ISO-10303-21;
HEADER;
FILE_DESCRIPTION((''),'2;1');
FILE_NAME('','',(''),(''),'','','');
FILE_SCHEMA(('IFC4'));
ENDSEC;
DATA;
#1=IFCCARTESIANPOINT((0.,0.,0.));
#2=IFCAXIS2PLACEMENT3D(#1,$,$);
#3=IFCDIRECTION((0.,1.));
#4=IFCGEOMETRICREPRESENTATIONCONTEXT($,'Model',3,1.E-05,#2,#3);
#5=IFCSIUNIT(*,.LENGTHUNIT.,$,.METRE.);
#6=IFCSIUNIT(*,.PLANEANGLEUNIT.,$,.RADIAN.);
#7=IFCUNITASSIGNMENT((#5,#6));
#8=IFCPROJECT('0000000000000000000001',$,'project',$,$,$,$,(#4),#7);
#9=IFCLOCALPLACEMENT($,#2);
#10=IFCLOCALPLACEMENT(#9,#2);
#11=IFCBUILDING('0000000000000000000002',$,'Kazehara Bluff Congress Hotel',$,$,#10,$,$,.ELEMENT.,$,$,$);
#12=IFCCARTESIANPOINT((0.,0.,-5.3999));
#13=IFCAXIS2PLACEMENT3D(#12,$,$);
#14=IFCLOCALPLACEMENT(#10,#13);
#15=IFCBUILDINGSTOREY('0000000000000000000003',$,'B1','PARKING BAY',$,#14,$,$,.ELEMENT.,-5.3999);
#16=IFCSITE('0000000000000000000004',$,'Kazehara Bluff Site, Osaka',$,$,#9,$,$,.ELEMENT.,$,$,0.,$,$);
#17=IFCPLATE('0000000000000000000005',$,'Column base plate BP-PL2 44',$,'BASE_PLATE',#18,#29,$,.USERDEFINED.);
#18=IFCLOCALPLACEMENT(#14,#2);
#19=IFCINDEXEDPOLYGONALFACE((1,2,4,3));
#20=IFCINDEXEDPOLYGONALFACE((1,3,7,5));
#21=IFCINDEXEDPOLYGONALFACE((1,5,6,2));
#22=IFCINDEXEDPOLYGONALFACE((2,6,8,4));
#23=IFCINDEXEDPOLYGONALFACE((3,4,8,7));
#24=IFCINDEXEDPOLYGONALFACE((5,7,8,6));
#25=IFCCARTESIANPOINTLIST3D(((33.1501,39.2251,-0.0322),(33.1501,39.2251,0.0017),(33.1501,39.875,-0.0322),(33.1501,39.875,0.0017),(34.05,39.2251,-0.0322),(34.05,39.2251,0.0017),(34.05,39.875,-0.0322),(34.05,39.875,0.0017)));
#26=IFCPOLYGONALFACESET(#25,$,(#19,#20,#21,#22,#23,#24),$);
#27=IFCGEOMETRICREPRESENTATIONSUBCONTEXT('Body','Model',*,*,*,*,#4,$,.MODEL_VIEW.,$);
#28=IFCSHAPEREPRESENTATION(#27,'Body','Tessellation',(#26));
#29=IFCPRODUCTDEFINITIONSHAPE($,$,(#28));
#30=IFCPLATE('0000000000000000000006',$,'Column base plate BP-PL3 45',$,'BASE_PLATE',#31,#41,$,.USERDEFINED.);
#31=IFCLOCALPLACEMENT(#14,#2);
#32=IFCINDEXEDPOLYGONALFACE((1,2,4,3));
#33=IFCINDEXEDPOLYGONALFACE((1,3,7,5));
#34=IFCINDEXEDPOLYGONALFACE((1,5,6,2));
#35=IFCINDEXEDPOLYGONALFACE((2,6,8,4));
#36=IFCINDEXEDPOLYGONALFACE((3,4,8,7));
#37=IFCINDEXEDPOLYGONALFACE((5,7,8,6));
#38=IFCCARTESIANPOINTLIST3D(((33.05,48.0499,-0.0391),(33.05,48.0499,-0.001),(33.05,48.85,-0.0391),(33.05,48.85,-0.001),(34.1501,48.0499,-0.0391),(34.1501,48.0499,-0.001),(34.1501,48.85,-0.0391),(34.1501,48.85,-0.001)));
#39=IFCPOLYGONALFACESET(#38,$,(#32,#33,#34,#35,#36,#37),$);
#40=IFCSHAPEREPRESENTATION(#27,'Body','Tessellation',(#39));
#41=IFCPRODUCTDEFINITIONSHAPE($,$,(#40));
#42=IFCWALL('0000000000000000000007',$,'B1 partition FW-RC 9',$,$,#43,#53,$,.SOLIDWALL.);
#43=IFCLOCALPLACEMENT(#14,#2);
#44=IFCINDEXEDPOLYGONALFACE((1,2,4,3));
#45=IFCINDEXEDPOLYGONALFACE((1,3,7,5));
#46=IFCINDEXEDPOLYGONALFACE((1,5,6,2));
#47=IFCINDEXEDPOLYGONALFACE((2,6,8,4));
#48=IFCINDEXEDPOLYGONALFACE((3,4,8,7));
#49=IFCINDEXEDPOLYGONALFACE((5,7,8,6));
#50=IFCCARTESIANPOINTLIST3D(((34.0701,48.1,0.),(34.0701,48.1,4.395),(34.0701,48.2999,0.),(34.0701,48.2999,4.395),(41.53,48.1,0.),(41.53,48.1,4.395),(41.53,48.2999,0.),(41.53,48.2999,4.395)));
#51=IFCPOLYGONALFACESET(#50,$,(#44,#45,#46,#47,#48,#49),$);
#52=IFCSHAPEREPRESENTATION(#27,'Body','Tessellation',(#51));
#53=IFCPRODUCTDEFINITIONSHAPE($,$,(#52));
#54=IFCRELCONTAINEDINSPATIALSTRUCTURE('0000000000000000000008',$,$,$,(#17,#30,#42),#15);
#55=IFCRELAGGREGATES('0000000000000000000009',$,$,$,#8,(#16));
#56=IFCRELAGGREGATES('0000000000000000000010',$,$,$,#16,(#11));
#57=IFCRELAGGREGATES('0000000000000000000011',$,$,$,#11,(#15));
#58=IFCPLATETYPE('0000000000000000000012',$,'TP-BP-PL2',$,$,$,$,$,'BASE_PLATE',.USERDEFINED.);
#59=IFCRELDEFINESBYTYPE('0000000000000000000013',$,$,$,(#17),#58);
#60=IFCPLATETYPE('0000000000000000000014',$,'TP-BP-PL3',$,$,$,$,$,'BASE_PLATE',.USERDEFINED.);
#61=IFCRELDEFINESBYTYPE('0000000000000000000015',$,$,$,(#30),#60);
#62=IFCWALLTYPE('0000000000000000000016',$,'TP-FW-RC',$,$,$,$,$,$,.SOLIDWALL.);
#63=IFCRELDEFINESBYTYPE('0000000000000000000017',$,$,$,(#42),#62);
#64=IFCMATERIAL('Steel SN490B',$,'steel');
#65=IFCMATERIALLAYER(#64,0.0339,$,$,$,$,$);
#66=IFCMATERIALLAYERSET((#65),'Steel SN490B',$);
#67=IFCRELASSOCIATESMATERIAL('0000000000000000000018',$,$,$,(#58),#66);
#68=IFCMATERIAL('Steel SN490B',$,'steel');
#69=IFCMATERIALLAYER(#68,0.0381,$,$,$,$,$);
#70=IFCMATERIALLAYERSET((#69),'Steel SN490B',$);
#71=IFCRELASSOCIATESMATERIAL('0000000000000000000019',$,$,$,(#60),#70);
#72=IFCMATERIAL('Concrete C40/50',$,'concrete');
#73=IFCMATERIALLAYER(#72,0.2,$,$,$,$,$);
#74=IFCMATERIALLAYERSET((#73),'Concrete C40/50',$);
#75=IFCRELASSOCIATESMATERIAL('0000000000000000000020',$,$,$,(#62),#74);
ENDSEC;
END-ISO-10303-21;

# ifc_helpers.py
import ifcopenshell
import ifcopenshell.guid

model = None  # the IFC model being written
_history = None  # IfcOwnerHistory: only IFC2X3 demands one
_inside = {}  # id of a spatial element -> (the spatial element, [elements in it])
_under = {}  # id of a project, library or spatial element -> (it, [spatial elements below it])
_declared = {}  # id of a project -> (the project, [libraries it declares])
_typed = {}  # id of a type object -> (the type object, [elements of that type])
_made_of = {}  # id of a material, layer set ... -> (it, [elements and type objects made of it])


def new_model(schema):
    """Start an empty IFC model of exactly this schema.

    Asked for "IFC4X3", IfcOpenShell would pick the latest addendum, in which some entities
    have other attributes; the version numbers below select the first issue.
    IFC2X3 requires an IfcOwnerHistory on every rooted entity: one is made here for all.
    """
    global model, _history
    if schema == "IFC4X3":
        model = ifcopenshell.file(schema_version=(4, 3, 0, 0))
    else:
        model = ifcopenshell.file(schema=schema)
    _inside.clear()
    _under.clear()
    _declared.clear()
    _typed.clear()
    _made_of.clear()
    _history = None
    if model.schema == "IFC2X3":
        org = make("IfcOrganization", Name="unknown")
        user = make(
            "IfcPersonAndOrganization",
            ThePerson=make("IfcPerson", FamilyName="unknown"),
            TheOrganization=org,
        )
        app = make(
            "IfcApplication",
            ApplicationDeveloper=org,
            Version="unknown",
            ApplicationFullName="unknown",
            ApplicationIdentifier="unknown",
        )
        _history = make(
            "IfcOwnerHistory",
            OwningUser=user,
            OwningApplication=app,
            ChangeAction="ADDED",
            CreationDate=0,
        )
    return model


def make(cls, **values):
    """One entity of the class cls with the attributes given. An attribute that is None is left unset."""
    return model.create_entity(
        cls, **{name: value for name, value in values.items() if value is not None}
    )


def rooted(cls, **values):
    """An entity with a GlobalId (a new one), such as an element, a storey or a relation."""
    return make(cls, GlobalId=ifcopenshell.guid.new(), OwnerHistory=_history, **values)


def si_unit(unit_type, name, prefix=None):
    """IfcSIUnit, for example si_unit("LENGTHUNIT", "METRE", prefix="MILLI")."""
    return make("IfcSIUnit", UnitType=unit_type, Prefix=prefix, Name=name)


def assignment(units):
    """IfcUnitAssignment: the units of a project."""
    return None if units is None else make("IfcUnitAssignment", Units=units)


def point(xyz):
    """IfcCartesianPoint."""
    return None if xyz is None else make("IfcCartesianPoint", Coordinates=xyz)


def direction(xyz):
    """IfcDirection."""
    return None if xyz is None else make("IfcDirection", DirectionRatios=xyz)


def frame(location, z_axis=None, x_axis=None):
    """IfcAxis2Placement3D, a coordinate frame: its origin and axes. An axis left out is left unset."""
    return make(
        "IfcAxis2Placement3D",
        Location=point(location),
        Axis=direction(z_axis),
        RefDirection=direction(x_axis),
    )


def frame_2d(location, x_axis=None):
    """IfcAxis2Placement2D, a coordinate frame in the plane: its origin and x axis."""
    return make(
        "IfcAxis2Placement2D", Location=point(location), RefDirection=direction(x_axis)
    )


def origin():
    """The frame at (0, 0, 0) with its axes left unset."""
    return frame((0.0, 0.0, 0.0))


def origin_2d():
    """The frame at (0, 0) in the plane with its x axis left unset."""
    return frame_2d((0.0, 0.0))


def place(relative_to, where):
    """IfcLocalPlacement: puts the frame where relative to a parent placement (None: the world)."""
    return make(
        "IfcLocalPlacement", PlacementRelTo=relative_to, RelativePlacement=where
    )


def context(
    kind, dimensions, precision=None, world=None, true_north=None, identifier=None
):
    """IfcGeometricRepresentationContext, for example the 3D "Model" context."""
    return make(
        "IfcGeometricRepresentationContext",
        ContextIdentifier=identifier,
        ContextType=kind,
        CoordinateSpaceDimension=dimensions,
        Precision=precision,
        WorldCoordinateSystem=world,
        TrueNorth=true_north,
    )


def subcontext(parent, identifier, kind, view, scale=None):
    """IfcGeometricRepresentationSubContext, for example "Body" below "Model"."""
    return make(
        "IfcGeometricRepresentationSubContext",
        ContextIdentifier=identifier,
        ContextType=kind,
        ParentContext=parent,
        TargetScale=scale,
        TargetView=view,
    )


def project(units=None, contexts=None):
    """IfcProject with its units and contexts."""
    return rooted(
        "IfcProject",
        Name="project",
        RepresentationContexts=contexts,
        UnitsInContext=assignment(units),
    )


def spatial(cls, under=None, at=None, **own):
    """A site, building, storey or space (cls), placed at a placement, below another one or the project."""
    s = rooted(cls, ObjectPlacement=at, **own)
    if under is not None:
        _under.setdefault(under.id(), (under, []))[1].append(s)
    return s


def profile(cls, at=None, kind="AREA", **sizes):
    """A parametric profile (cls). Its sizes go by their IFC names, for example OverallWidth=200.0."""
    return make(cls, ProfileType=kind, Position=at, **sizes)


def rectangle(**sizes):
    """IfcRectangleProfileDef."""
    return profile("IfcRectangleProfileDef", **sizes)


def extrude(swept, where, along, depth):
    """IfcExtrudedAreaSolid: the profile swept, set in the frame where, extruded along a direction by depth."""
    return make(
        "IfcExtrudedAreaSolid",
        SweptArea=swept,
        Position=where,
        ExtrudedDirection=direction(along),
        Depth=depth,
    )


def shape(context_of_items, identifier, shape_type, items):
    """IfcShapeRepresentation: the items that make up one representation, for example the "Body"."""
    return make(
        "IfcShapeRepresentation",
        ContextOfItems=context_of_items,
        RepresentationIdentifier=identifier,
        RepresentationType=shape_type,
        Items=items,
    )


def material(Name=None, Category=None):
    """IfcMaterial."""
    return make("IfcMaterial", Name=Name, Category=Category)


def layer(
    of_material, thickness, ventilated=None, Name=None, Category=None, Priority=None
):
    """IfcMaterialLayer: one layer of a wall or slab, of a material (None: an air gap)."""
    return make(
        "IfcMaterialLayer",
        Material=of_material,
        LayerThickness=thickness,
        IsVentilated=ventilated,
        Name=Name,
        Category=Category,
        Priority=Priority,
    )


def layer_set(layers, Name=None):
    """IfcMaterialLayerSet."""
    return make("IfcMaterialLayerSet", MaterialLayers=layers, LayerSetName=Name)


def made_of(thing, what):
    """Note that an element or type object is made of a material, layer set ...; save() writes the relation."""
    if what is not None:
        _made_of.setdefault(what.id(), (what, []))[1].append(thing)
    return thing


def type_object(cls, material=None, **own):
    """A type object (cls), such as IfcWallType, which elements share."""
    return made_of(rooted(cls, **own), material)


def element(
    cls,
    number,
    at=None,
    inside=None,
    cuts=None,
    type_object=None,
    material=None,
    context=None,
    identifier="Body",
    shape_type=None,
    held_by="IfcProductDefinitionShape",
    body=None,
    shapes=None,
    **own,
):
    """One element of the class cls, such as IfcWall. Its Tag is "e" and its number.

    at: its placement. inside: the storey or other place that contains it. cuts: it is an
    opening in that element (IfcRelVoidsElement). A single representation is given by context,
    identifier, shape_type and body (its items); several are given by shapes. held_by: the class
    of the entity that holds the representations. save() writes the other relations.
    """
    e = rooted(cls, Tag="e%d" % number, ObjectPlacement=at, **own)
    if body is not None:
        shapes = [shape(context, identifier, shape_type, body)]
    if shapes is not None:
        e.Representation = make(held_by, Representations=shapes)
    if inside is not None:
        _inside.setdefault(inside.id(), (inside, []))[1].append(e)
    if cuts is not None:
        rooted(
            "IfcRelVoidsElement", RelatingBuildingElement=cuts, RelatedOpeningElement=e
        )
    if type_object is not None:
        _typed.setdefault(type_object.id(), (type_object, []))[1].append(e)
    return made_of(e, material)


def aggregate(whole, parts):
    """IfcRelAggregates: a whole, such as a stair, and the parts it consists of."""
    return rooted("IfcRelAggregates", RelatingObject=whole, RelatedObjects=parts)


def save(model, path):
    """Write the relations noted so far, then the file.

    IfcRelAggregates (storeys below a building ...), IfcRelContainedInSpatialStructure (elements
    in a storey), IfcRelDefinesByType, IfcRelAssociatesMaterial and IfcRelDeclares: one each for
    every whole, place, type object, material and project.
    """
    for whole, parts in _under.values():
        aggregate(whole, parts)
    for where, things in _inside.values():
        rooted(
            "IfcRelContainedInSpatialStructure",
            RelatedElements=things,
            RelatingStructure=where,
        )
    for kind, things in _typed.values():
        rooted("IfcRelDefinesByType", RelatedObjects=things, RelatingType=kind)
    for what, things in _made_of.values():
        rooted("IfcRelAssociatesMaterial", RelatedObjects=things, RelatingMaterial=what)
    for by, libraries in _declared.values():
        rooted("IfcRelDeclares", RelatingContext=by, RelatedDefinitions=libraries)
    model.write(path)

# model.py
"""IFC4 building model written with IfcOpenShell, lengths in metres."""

from ifc_helpers import new_model, si_unit, direction, frame, frame_2d, origin, origin_2d, place, context, subcontext, project, spatial, rectangle, extrude, material, layer, layer_set, type_object, element, save


model = new_model("IFC4")

# Units and contexts
model_context = context("Model", 3, precision=1e-05, world=origin(), true_north=direction((0.0, 1.0)))
body_context = subcontext(model_context, "Body", "Model", "MODEL_VIEW")
ifc_project = project(units=[si_unit("LENGTHUNIT", "METRE"), si_unit("PLANEANGLEUNIT", "RADIAN")], contexts=[model_context])

# Site, building, storey
site_placement = place(None, origin())
site = spatial("IfcSite", under=ifc_project, at=site_placement, Name="Kazehara Bluff Site, Osaka", CompositionType="ELEMENT", RefElevation=0.0)
building_placement = place(site_placement, origin())
building = spatial("IfcBuilding", under=site, at=building_placement, Name="Kazehara Bluff Congress Hotel", CompositionType="ELEMENT")
storey_placement = place(building_placement, frame((0.0, 0.0, -5.3999)))
storey = spatial("IfcBuildingStorey", under=building, at=storey_placement, Name="B1", Description="PARKING BAY", CompositionType="ELEMENT", Elevation=-5.3999)

# Plates
ifc_material_1 = material(Name="Steel SN490B", Category="steel")
ifc_layer_1 = layer(ifc_material_1, 0.0339)
ifc_layer_set_1 = layer_set([ifc_layer_1], Name="Steel SN490B")
plate_type_1 = type_object("IfcPlateType", Name="TP-BP-PL2", ElementType="BASE_PLATE", PredefinedType="USERDEFINED", material=ifc_layer_set_1)
plate_1_placement = place(storey_placement, frame((33.6001, 39.55, -0.0322), z_axis=(0.0, 0.0, 1.0), x_axis=(1.0, 0.0, 0.0)))
element("IfcPlate", 1, at=plate_1_placement, inside=storey, type_object=plate_type_1, Name="Column base plate BP-PL2 44", ObjectType="BASE_PLATE", PredefinedType="USERDEFINED", context=body_context, shape_type="SweptSolid", body=[
    extrude(rectangle(XDim=0.8999, YDim=0.6499, at=origin_2d()), origin(), (0.0, 0.0, 1.0), 0.0339),
])
ifc_material_2 = material(Name="Steel SN490B", Category="steel")
ifc_layer_2 = layer(ifc_material_2, 0.0381)
ifc_layer_set_2 = layer_set([ifc_layer_2], Name="Steel SN490B")
plate_type_2 = type_object("IfcPlateType", Name="TP-BP-PL3", ElementType="BASE_PLATE", PredefinedType="USERDEFINED", material=ifc_layer_set_2)
plate_2_placement = place(storey_placement, frame((33.6001, 48.45, -0.0391), z_axis=(0.0, 0.0, 1.0), x_axis=(1.0, 0.0, 0.0)))
element("IfcPlate", 2, at=plate_2_placement, inside=storey, type_object=plate_type_2, Name="Column base plate BP-PL3 45", ObjectType="BASE_PLATE", PredefinedType="USERDEFINED", context=body_context, shape_type="SweptSolid", body=[
    extrude(rectangle(XDim=1.1001, YDim=0.8, at=origin_2d()), origin(), (0.0, 0.0, 1.0), 0.0381),
])

# Wall
ifc_material_3 = material(Name="Concrete C40/50", Category="concrete")
ifc_layer_3 = layer(ifc_material_3, 0.2)
ifc_layer_set_3 = layer_set([ifc_layer_3], Name="Concrete C40/50")
wall_type = type_object("IfcWallType", Name="TP-FW-RC", PredefinedType="SOLIDWALL", material=ifc_layer_set_3)
wall_placement = place(storey_placement, frame((34.0701, 48.2, 0.0), z_axis=(0.0, 0.0, 1.0), x_axis=(1.0, 0.0, 0.0)))
element("IfcWall", 3, at=wall_placement, inside=storey, type_object=wall_type, Name="B1 partition FW-RC 9", PredefinedType="SOLIDWALL", context=body_context, shape_type="SweptSolid", body=[
    extrude(rectangle(XDim=7.46, YDim=0.2, at=frame_2d((3.73, 0.0))), origin(), (0.0, 0.0, 1.0), 4.395),
])

save(model, "model.ifc")
